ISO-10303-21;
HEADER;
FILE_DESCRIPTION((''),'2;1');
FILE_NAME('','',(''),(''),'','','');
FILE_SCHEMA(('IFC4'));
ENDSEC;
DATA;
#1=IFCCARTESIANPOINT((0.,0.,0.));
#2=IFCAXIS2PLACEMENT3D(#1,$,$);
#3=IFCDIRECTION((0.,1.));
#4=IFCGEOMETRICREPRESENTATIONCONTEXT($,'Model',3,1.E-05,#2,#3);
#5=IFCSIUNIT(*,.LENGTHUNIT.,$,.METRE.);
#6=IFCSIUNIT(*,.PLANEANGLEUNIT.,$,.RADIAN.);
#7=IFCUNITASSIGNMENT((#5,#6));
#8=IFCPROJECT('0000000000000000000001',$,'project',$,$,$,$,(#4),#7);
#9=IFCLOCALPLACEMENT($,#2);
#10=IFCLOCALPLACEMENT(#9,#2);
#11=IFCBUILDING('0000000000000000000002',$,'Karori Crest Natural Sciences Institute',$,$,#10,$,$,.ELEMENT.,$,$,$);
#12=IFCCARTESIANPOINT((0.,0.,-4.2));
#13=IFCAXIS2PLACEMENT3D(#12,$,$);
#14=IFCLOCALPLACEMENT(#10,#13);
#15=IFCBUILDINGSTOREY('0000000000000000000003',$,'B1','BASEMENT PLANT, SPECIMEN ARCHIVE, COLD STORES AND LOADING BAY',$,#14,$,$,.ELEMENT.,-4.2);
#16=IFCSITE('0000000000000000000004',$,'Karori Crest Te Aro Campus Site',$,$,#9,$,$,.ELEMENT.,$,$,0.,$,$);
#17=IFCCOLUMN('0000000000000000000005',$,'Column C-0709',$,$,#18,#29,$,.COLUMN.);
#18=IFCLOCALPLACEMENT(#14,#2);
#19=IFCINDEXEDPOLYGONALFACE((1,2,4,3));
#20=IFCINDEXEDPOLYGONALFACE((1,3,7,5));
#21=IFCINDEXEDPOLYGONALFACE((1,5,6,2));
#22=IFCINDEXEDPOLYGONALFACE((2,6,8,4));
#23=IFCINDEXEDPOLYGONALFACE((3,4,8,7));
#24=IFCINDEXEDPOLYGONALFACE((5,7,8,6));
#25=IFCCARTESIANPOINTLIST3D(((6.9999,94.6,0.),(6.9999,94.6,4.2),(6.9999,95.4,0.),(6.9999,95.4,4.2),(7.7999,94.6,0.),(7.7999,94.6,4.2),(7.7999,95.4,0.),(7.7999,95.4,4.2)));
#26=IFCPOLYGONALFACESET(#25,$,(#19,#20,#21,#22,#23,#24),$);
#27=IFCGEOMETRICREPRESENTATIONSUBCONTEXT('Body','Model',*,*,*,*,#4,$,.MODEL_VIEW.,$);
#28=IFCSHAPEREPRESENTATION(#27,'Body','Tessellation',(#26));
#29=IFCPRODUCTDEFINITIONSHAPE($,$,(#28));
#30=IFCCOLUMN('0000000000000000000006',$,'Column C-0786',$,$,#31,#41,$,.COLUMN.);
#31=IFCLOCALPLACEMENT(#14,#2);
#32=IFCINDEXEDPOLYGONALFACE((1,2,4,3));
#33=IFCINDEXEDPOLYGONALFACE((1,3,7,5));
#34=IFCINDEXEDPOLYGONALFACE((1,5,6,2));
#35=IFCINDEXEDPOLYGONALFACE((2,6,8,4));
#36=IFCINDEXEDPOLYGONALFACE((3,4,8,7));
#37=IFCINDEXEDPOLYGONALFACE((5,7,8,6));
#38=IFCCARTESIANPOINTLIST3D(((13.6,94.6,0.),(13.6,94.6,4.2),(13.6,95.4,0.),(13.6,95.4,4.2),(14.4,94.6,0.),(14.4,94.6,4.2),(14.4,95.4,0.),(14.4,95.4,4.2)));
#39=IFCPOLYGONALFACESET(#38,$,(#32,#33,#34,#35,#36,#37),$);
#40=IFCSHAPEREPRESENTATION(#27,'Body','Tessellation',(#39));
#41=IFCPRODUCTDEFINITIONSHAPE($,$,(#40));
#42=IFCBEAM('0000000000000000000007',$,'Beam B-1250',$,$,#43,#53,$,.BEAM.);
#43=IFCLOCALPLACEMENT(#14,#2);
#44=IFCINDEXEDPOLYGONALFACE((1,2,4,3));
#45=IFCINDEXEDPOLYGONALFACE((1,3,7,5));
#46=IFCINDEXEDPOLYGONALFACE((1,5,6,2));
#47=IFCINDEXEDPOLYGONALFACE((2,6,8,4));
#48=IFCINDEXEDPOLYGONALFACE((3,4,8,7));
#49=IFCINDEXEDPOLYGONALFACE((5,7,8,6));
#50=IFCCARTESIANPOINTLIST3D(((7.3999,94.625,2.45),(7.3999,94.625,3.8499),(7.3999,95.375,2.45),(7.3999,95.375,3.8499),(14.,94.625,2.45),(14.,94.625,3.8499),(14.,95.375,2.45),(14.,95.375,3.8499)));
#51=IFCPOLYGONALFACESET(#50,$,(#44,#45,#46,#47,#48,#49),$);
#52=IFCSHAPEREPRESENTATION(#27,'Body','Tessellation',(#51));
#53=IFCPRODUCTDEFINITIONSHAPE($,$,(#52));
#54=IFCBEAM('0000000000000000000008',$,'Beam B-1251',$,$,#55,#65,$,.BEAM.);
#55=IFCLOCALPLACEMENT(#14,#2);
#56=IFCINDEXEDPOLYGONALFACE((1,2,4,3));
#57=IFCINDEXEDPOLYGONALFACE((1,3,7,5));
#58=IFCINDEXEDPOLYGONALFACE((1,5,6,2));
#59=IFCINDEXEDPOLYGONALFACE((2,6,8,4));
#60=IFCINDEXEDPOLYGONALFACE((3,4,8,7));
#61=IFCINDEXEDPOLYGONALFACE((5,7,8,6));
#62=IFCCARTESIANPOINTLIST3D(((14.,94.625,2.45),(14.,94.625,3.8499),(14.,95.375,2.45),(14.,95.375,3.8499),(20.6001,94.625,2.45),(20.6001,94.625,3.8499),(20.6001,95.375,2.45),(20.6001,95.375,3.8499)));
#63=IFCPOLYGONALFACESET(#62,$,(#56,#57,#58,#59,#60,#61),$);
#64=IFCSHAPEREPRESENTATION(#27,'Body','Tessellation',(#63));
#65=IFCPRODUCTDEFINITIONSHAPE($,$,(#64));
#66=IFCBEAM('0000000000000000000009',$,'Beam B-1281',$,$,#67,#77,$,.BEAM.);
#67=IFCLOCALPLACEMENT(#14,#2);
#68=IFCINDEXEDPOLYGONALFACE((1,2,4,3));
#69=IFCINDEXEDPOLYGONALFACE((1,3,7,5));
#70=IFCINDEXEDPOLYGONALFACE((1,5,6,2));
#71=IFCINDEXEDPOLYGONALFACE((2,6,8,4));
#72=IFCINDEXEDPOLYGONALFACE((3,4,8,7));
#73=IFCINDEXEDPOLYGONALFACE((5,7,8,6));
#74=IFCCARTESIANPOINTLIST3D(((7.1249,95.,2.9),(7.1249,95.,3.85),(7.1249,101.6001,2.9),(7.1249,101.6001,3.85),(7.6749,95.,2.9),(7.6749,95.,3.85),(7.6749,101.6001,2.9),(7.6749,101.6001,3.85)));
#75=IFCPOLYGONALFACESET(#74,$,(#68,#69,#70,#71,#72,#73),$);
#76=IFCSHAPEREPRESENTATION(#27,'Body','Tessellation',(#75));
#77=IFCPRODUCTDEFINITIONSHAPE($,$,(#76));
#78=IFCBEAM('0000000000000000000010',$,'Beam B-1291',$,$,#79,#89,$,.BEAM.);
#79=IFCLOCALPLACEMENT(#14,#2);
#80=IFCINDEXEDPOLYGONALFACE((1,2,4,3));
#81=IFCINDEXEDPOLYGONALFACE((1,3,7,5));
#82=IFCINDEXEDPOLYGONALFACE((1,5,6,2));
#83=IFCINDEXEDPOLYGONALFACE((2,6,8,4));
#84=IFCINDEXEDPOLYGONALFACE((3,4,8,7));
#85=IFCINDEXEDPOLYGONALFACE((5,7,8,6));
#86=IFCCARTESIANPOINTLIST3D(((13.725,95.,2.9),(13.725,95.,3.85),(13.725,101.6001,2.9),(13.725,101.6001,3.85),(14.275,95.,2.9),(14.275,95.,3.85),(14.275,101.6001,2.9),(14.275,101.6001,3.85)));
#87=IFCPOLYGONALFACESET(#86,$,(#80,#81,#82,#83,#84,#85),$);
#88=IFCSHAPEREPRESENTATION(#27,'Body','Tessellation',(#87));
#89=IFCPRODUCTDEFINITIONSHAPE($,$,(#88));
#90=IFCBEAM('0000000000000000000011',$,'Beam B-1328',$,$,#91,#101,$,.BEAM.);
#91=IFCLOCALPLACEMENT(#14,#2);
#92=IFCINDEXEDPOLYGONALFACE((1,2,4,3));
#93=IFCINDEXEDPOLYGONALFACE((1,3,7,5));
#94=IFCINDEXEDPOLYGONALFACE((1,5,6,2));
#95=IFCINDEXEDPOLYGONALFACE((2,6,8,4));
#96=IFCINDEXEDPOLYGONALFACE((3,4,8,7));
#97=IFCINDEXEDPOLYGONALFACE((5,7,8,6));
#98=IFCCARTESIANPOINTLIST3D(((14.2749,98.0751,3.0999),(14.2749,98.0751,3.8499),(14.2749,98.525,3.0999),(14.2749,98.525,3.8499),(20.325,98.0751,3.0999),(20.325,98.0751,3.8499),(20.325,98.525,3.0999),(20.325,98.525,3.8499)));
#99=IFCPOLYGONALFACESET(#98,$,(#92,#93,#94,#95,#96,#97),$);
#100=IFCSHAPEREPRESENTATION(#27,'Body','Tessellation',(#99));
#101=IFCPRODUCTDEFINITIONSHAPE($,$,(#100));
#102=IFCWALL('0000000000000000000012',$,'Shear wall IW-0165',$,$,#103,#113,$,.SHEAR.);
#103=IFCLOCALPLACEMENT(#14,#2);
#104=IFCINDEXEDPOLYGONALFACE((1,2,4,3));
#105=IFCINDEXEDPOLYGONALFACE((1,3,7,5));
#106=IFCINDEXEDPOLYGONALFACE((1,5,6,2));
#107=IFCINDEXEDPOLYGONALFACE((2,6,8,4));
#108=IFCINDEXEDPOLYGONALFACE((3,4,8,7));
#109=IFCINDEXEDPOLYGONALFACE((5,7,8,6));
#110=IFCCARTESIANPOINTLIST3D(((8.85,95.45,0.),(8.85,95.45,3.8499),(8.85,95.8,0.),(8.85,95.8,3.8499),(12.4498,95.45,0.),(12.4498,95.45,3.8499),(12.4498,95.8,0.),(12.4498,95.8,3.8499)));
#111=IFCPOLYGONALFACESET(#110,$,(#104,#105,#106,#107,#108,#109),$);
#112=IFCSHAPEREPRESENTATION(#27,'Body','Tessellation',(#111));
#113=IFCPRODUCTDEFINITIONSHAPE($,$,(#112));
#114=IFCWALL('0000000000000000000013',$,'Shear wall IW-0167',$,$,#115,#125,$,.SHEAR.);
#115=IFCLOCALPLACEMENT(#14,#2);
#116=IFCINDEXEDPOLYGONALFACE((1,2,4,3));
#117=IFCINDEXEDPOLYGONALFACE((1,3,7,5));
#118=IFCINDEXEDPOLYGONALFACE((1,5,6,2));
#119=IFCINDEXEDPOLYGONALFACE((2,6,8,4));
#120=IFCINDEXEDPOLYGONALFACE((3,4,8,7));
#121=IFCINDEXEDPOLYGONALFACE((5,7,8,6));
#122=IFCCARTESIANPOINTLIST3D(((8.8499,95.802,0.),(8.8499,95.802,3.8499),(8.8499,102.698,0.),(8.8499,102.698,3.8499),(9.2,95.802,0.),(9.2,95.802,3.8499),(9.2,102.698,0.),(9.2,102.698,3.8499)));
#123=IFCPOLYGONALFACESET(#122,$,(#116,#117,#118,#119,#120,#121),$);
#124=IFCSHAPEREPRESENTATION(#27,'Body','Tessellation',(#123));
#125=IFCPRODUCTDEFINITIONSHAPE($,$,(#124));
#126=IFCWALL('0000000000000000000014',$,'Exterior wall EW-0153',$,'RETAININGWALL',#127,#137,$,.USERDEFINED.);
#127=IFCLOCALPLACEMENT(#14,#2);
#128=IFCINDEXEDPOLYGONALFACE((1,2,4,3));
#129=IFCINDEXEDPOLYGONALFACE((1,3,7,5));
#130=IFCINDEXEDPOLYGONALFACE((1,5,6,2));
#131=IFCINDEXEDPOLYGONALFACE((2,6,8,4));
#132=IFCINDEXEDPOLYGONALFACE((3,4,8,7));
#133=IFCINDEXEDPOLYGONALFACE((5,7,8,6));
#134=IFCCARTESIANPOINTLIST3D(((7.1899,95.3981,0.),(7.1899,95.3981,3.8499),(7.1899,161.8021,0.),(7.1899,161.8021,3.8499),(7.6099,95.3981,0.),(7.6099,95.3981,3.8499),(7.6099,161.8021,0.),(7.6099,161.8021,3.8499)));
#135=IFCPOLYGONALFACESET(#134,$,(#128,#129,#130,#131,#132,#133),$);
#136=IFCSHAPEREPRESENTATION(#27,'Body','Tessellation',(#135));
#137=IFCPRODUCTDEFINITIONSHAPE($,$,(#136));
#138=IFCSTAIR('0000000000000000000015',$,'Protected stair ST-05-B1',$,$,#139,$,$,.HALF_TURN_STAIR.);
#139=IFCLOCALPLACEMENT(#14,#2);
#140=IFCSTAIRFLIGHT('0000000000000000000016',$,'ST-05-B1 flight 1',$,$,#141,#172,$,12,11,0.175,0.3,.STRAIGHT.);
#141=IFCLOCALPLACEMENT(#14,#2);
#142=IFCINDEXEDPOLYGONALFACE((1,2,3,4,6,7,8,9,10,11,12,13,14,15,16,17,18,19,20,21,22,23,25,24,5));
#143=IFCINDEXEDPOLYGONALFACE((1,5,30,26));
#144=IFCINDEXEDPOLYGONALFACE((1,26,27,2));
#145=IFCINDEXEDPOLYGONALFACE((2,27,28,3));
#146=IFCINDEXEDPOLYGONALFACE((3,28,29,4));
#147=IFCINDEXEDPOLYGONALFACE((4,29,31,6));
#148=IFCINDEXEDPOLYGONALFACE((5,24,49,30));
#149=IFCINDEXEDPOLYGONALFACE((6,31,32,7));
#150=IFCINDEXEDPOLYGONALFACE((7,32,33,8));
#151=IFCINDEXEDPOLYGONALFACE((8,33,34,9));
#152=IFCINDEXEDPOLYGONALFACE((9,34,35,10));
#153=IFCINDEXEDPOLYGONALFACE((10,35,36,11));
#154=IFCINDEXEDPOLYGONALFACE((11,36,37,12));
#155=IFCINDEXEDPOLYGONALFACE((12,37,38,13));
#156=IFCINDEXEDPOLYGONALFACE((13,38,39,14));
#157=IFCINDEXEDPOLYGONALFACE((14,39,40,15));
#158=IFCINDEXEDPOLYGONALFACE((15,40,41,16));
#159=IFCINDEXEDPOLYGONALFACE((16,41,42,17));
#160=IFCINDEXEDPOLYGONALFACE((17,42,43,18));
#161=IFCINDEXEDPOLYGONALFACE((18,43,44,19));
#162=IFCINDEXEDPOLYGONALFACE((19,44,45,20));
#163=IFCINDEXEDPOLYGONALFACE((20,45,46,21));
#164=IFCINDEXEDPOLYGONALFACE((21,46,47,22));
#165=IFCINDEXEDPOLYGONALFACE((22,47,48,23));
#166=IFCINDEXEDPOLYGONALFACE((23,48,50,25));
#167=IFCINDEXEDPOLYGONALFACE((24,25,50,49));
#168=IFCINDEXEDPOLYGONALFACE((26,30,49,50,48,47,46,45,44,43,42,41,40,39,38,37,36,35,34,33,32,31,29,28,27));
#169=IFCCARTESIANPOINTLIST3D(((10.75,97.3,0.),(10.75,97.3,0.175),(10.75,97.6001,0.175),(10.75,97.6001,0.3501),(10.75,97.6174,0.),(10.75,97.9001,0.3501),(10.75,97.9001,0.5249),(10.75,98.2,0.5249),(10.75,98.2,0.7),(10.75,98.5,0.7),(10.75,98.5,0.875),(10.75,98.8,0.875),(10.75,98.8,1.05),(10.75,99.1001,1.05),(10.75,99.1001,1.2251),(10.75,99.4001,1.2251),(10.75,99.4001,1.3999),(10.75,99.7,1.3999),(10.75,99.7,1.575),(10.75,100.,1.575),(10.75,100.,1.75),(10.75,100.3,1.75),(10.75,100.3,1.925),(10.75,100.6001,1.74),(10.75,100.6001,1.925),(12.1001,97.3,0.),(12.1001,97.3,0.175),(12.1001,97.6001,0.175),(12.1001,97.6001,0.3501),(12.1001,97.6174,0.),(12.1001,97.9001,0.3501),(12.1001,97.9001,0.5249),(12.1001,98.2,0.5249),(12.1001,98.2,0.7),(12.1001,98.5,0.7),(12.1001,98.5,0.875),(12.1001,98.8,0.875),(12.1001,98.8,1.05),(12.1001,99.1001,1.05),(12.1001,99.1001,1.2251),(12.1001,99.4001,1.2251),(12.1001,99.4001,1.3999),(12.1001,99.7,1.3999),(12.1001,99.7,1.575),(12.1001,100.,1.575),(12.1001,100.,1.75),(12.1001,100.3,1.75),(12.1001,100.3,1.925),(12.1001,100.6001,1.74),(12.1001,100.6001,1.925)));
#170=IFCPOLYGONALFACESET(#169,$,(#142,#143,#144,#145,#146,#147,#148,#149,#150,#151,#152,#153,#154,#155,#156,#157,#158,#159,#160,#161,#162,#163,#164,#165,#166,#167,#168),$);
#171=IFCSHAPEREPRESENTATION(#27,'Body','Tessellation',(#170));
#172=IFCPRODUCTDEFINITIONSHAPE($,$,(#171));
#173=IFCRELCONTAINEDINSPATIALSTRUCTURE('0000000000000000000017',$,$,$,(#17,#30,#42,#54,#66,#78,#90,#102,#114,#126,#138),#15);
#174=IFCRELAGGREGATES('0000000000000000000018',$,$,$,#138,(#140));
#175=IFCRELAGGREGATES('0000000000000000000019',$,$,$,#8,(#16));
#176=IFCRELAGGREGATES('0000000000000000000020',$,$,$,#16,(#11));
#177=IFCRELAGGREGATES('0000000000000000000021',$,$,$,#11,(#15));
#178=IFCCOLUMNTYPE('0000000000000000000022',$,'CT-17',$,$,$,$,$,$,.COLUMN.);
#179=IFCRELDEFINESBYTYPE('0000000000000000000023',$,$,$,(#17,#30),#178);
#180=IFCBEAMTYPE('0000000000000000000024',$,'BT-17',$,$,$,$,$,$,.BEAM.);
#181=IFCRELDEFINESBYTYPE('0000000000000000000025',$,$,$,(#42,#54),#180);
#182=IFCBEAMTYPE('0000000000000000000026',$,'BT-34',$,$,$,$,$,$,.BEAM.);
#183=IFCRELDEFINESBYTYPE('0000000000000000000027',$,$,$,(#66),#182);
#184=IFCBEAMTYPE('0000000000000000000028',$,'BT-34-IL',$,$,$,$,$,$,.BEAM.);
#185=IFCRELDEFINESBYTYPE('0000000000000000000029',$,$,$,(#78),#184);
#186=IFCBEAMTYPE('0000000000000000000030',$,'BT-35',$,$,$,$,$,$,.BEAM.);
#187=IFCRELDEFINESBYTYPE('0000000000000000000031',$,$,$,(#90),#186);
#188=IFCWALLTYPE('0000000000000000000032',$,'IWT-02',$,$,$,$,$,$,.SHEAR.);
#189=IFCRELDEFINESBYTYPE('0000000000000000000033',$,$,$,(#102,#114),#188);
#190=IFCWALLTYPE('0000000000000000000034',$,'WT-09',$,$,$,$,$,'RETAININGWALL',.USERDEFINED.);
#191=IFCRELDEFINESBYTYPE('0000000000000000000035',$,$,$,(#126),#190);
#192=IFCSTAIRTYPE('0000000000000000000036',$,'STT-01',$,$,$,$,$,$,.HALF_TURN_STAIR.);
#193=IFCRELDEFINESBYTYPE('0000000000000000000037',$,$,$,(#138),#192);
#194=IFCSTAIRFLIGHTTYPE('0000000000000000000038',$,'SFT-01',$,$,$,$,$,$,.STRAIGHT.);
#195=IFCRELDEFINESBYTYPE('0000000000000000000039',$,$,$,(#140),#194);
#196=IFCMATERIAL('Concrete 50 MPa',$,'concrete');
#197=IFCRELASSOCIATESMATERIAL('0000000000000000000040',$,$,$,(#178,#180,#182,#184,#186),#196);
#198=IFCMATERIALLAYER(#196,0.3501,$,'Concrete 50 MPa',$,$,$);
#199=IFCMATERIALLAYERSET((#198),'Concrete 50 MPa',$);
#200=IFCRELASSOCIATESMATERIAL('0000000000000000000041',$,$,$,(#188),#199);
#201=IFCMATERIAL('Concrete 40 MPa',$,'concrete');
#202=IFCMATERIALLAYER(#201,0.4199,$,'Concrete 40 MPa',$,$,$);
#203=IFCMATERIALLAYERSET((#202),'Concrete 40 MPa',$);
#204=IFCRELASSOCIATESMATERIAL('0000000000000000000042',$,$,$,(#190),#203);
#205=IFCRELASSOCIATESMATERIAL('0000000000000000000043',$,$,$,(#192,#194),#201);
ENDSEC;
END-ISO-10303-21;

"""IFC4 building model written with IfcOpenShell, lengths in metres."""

from ifc_helpers import new_model, si_unit, direction, frame, frame_2d, origin, origin_2d, place, context, subcontext, project, spatial, polyline, rectangle, outline, extrude, material, layer, layer_set, material_profile, profile_set, type_object, element, aggregate, save


model = new_model("IFC4")

# Units and contexts
model_context = context("Model", 3, precision=1e-05, world=origin(), true_north=direction((0.0, 1.0)))
body_context = subcontext(model_context, "Body", "Model", "MODEL_VIEW")
ifc_project = project(units=[si_unit("LENGTHUNIT", "METRE"), si_unit("PLANEANGLEUNIT", "RADIAN")], contexts=[model_context])

# Site, building, storey
site_placement = place(None, origin())
site = spatial("IfcSite", under=ifc_project, at=site_placement, Name="Karori Crest Te Aro Campus Site", CompositionType="ELEMENT", RefElevation=0.0)
building_placement = place(site_placement, origin())
building = spatial("IfcBuilding", under=site, at=building_placement, Name="Karori Crest Natural Sciences Institute", CompositionType="ELEMENT")
storey_placement = place(building_placement, frame((0.0, 0.0, -4.2)))
storey = spatial("IfcBuildingStorey", under=building, at=storey_placement, Name="B1", Description="BASEMENT PLANT, SPECIMEN ARCHIVE, COLD STORES AND LOADING BAY", CompositionType="ELEMENT", Elevation=-4.2)

# Shared definitions
ifc_material_1 = material(Name="Concrete 40 MPa", Category="concrete")

# Columns
ifc_material_2 = material(Name="Concrete 50 MPa", Category="concrete")
ifc_material_profile_1 = material_profile(ifc_material_2, rectangle(XDim=0.8, YDim=0.8, at=origin_2d()), Name="RC800x800")
ifc_profile_set_1 = profile_set([ifc_material_profile_1], Name="Concrete 50 MPa")
column_type = type_object("IfcColumnType", Name="CT-17", PredefinedType="COLUMN", material=ifc_profile_set_1)
for number, where, z_axis, x_axis, name in (
    (1, (7.3999, 95.0, 0.0), (0.0, 0.0, 1.0), (1.0, 0.0, 0.0), "Column C-0709"),
    (2, (14.0, 95.0, 0.0), (0.0, 0.0, 1.0), (1.0, 0.0, 0.0), "Column C-0786"),
):
    element("IfcColumn", number, at=place(storey_placement, frame(where, z_axis=z_axis, x_axis=x_axis)), inside=storey, type_object=column_type, Name=name, PredefinedType="COLUMN", context=body_context, shape_type="SweptSolid", body=[
        extrude(rectangle(XDim=0.8, YDim=0.8, at=origin_2d()), origin(), (0.0, 0.0, 1.0), 4.2),
    ])

# Beams
ifc_material_profile_2 = material_profile(ifc_material_2, rectangle(XDim=0.75, YDim=1.3999, at=origin_2d()), Name="RCB750x1400")
ifc_profile_set_2 = profile_set([ifc_material_profile_2], Name="Concrete 50 MPa")
beam_type_1 = type_object("IfcBeamType", Name="BT-17", PredefinedType="BEAM", material=ifc_profile_set_2)
for number, where, z_axis, x_axis, name in (
    (3, (7.3999, 95.0, 3.1499), (1.0, 0.0, 0.0), (0.0, 1.0, 0.0), "Beam B-1250"),
    (4, (14.0, 95.0, 3.1499), (1.0, 0.0, 0.0), (0.0, 1.0, 0.0), "Beam B-1251"),
):
    element("IfcBeam", number, at=place(storey_placement, frame(where, z_axis=z_axis, x_axis=x_axis)), inside=storey, type_object=beam_type_1, Name=name, PredefinedType="BEAM", context=body_context, shape_type="SweptSolid", body=[
        extrude(rectangle(XDim=0.75, YDim=1.3999, at=origin_2d()), origin(), (0.0, 0.0, 1.0), 6.6001),
    ])
ifc_material_profile_3 = material_profile(ifc_material_2, rectangle(XDim=0.55, YDim=0.95, at=origin_2d()), Name="RCB550x950")
ifc_profile_set_3 = profile_set([ifc_material_profile_3], Name="Concrete 50 MPa")
beam_type_2 = type_object("IfcBeamType", Name="BT-34", PredefinedType="BEAM", material=ifc_profile_set_3)
beam_1_placement = place(storey_placement, frame((7.3999, 95.0, 3.375), z_axis=(0.0, 1.0, 0.0), x_axis=(-1.0, 0.0, 0.0)))
element("IfcBeam", 5, at=beam_1_placement, inside=storey, type_object=beam_type_2, Name="Beam B-1281", PredefinedType="BEAM", context=body_context, shape_type="SweptSolid", body=[
    extrude(rectangle(XDim=0.55, YDim=0.95, at=origin_2d()), origin(), (0.0, 0.0, 1.0), 6.6001),
])
ifc_material_profile_4 = material_profile(ifc_material_2, rectangle(XDim=0.55, YDim=0.95, at=origin_2d()), Name="RCB550x950")
ifc_profile_set_4 = profile_set([ifc_material_profile_4], Name="Concrete 50 MPa")
beam_type_3 = type_object("IfcBeamType", Name="BT-34-IL", PredefinedType="BEAM", material=ifc_profile_set_4)
beam_2_placement = place(storey_placement, frame((14.0, 95.0, 3.375), z_axis=(0.0, 1.0, 0.0), x_axis=(-1.0, 0.0, 0.0)))
element("IfcBeam", 6, at=beam_2_placement, inside=storey, type_object=beam_type_3, Name="Beam B-1291", PredefinedType="BEAM", context=body_context, shape_type="SweptSolid", body=[
    extrude(rectangle(XDim=0.55, YDim=0.95, at=origin_2d()), origin(), (0.0, 0.0, 1.0), 6.6001),
])
ifc_material_profile_5 = material_profile(ifc_material_2, rectangle(XDim=0.45, YDim=0.75, at=origin_2d()), Name="RCB450x750")
ifc_profile_set_5 = profile_set([ifc_material_profile_5], Name="Concrete 50 MPa")
beam_type_4 = type_object("IfcBeamType", Name="BT-35", PredefinedType="BEAM", material=ifc_profile_set_5)
beam_3_placement = place(storey_placement, frame((14.2749, 98.3, 3.4749), z_axis=(1.0, 0.0, 0.0), x_axis=(0.0, 1.0, 0.0)))
element("IfcBeam", 7, at=beam_3_placement, inside=storey, type_object=beam_type_4, Name="Beam B-1328", PredefinedType="BEAM", context=body_context, shape_type="SweptSolid", body=[
    extrude(rectangle(XDim=0.45, YDim=0.75, at=origin_2d()), origin(), (0.0, 0.0, 1.0), 6.05),
])

# Walls
ifc_layer_1 = layer(ifc_material_2, 0.3501, Name="Concrete 50 MPa")
ifc_layer_set_1 = layer_set([ifc_layer_1], Name="Concrete 50 MPa")
wall_type_1 = type_object("IfcWallType", Name="IWT-02", PredefinedType="SHEAR", material=ifc_layer_set_1)
wall_1_placement = place(storey_placement, frame((8.8501, 95.625, 0.0), z_axis=(0.0, 0.0, 1.0), x_axis=(1.0, 0.0, 0.0)))
element("IfcWall", 8, at=wall_1_placement, inside=storey, type_object=wall_type_1, Name="Shear wall IW-0165", PredefinedType="SHEAR", context=body_context, shape_type="SweptSolid", body=[
    extrude(rectangle(XDim=3.5999, YDim=0.3501, at=frame_2d((1.7998, 0.0))), origin(), (0.0, 0.0, 1.0), 3.8499),
])
wall_2_placement = place(storey_placement, frame((9.0249, 95.802, 0.0), z_axis=(0.0, 0.0, 1.0), x_axis=(0.0, 1.0, 0.0)))
element("IfcWall", 9, at=wall_2_placement, inside=storey, type_object=wall_type_1, Name="Shear wall IW-0167", PredefinedType="SHEAR", context=body_context, shape_type="SweptSolid", body=[
    extrude(rectangle(XDim=6.896, YDim=0.3501, at=frame_2d((3.448, 0.0))), origin(), (0.0, 0.0, 1.0), 3.8499),
])

# Wall
ifc_layer_2 = layer(ifc_material_1, 0.4199, Name="Concrete 40 MPa")
ifc_layer_set_2 = layer_set([ifc_layer_2], Name="Concrete 40 MPa")
wall_type_2 = type_object("IfcWallType", Name="WT-09", ElementType="RETAININGWALL", PredefinedType="USERDEFINED", material=ifc_layer_set_2)
wall_3_placement = place(storey_placement, frame((7.3999, 95.3979, 0.0), z_axis=(0.0, 0.0, 1.0), x_axis=(0.0, 1.0, 0.0)))
element("IfcWall", 10, at=wall_3_placement, inside=storey, type_object=wall_type_2, Name="Exterior wall EW-0153", ObjectType="RETAININGWALL", PredefinedType="USERDEFINED", context=body_context, shape_type="SweptSolid", body=[
    extrude(rectangle(XDim=66.4041, YDim=0.4199, at=frame_2d((33.2021, 0.0))), origin(), (0.0, 0.0, 1.0), 3.8499),
])

# Stair, stair flight
stair_type = type_object("IfcStairType", Name="STT-01", PredefinedType="HALF_TURN_STAIR", material=ifc_material_1)
stair_placement = place(storey_placement, origin())
stair = element("IfcStair", 11, at=stair_placement, inside=storey, type_object=stair_type, Name="Protected stair ST-05-B1", PredefinedType="HALF_TURN_STAIR")
stair_flight_type = type_object("IfcStairFlightType", Name="SFT-01", PredefinedType="STRAIGHT", material=ifc_material_1)
stair_flight_1_placement = place(storey_placement, frame((11.425, 97.3, 0.0), z_axis=(0.0, 0.0, 1.0), x_axis=(0.0, 1.0, 0.0)))
stair_flight_1 = element("IfcStairFlight", 12, at=stair_flight_1_placement, type_object=stair_flight_type, Name="ST-05-B1 flight 1", NumberOfRisers=12, NumberOfTreads=11, PredefinedType="STRAIGHT", RiserHeight=0.175, TreadLength=0.3, context=body_context, shape_type="SweptSolid", body=[
    extrude(outline(polyline([(0.0, 0.0), (0.0, 0.175), (0.3, 0.175), (0.3, 0.3501), (0.6001, 0.3501), (0.6001, 0.5249), (0.8999, 0.5249), (0.8999, 0.7), (1.2, 0.7), (1.2, 0.875), (1.5, 0.875), (1.5, 1.05), (1.8, 1.05), (1.8, 1.2251), (2.1001, 1.2251), (2.1001, 1.3999), (2.3999, 1.3999), (2.3999, 1.575), (2.7, 1.575), (2.7, 1.75), (3.0, 1.75), (3.0, 1.925), (3.3, 1.925), (3.3, 2.1001), (3.3, 1.74), (0.3174, 0.0), (0.0, 0.0)])), frame((0.0, 0.675, 0.0), z_axis=(0.0, -1.0, 0.0), x_axis=(1.0, 0.0, 0.0)), (0.0, 0.0, 1.0), 1.3501),
])
aggregate(stair, [stair_flight_1])

save(model, "model.ifc")
